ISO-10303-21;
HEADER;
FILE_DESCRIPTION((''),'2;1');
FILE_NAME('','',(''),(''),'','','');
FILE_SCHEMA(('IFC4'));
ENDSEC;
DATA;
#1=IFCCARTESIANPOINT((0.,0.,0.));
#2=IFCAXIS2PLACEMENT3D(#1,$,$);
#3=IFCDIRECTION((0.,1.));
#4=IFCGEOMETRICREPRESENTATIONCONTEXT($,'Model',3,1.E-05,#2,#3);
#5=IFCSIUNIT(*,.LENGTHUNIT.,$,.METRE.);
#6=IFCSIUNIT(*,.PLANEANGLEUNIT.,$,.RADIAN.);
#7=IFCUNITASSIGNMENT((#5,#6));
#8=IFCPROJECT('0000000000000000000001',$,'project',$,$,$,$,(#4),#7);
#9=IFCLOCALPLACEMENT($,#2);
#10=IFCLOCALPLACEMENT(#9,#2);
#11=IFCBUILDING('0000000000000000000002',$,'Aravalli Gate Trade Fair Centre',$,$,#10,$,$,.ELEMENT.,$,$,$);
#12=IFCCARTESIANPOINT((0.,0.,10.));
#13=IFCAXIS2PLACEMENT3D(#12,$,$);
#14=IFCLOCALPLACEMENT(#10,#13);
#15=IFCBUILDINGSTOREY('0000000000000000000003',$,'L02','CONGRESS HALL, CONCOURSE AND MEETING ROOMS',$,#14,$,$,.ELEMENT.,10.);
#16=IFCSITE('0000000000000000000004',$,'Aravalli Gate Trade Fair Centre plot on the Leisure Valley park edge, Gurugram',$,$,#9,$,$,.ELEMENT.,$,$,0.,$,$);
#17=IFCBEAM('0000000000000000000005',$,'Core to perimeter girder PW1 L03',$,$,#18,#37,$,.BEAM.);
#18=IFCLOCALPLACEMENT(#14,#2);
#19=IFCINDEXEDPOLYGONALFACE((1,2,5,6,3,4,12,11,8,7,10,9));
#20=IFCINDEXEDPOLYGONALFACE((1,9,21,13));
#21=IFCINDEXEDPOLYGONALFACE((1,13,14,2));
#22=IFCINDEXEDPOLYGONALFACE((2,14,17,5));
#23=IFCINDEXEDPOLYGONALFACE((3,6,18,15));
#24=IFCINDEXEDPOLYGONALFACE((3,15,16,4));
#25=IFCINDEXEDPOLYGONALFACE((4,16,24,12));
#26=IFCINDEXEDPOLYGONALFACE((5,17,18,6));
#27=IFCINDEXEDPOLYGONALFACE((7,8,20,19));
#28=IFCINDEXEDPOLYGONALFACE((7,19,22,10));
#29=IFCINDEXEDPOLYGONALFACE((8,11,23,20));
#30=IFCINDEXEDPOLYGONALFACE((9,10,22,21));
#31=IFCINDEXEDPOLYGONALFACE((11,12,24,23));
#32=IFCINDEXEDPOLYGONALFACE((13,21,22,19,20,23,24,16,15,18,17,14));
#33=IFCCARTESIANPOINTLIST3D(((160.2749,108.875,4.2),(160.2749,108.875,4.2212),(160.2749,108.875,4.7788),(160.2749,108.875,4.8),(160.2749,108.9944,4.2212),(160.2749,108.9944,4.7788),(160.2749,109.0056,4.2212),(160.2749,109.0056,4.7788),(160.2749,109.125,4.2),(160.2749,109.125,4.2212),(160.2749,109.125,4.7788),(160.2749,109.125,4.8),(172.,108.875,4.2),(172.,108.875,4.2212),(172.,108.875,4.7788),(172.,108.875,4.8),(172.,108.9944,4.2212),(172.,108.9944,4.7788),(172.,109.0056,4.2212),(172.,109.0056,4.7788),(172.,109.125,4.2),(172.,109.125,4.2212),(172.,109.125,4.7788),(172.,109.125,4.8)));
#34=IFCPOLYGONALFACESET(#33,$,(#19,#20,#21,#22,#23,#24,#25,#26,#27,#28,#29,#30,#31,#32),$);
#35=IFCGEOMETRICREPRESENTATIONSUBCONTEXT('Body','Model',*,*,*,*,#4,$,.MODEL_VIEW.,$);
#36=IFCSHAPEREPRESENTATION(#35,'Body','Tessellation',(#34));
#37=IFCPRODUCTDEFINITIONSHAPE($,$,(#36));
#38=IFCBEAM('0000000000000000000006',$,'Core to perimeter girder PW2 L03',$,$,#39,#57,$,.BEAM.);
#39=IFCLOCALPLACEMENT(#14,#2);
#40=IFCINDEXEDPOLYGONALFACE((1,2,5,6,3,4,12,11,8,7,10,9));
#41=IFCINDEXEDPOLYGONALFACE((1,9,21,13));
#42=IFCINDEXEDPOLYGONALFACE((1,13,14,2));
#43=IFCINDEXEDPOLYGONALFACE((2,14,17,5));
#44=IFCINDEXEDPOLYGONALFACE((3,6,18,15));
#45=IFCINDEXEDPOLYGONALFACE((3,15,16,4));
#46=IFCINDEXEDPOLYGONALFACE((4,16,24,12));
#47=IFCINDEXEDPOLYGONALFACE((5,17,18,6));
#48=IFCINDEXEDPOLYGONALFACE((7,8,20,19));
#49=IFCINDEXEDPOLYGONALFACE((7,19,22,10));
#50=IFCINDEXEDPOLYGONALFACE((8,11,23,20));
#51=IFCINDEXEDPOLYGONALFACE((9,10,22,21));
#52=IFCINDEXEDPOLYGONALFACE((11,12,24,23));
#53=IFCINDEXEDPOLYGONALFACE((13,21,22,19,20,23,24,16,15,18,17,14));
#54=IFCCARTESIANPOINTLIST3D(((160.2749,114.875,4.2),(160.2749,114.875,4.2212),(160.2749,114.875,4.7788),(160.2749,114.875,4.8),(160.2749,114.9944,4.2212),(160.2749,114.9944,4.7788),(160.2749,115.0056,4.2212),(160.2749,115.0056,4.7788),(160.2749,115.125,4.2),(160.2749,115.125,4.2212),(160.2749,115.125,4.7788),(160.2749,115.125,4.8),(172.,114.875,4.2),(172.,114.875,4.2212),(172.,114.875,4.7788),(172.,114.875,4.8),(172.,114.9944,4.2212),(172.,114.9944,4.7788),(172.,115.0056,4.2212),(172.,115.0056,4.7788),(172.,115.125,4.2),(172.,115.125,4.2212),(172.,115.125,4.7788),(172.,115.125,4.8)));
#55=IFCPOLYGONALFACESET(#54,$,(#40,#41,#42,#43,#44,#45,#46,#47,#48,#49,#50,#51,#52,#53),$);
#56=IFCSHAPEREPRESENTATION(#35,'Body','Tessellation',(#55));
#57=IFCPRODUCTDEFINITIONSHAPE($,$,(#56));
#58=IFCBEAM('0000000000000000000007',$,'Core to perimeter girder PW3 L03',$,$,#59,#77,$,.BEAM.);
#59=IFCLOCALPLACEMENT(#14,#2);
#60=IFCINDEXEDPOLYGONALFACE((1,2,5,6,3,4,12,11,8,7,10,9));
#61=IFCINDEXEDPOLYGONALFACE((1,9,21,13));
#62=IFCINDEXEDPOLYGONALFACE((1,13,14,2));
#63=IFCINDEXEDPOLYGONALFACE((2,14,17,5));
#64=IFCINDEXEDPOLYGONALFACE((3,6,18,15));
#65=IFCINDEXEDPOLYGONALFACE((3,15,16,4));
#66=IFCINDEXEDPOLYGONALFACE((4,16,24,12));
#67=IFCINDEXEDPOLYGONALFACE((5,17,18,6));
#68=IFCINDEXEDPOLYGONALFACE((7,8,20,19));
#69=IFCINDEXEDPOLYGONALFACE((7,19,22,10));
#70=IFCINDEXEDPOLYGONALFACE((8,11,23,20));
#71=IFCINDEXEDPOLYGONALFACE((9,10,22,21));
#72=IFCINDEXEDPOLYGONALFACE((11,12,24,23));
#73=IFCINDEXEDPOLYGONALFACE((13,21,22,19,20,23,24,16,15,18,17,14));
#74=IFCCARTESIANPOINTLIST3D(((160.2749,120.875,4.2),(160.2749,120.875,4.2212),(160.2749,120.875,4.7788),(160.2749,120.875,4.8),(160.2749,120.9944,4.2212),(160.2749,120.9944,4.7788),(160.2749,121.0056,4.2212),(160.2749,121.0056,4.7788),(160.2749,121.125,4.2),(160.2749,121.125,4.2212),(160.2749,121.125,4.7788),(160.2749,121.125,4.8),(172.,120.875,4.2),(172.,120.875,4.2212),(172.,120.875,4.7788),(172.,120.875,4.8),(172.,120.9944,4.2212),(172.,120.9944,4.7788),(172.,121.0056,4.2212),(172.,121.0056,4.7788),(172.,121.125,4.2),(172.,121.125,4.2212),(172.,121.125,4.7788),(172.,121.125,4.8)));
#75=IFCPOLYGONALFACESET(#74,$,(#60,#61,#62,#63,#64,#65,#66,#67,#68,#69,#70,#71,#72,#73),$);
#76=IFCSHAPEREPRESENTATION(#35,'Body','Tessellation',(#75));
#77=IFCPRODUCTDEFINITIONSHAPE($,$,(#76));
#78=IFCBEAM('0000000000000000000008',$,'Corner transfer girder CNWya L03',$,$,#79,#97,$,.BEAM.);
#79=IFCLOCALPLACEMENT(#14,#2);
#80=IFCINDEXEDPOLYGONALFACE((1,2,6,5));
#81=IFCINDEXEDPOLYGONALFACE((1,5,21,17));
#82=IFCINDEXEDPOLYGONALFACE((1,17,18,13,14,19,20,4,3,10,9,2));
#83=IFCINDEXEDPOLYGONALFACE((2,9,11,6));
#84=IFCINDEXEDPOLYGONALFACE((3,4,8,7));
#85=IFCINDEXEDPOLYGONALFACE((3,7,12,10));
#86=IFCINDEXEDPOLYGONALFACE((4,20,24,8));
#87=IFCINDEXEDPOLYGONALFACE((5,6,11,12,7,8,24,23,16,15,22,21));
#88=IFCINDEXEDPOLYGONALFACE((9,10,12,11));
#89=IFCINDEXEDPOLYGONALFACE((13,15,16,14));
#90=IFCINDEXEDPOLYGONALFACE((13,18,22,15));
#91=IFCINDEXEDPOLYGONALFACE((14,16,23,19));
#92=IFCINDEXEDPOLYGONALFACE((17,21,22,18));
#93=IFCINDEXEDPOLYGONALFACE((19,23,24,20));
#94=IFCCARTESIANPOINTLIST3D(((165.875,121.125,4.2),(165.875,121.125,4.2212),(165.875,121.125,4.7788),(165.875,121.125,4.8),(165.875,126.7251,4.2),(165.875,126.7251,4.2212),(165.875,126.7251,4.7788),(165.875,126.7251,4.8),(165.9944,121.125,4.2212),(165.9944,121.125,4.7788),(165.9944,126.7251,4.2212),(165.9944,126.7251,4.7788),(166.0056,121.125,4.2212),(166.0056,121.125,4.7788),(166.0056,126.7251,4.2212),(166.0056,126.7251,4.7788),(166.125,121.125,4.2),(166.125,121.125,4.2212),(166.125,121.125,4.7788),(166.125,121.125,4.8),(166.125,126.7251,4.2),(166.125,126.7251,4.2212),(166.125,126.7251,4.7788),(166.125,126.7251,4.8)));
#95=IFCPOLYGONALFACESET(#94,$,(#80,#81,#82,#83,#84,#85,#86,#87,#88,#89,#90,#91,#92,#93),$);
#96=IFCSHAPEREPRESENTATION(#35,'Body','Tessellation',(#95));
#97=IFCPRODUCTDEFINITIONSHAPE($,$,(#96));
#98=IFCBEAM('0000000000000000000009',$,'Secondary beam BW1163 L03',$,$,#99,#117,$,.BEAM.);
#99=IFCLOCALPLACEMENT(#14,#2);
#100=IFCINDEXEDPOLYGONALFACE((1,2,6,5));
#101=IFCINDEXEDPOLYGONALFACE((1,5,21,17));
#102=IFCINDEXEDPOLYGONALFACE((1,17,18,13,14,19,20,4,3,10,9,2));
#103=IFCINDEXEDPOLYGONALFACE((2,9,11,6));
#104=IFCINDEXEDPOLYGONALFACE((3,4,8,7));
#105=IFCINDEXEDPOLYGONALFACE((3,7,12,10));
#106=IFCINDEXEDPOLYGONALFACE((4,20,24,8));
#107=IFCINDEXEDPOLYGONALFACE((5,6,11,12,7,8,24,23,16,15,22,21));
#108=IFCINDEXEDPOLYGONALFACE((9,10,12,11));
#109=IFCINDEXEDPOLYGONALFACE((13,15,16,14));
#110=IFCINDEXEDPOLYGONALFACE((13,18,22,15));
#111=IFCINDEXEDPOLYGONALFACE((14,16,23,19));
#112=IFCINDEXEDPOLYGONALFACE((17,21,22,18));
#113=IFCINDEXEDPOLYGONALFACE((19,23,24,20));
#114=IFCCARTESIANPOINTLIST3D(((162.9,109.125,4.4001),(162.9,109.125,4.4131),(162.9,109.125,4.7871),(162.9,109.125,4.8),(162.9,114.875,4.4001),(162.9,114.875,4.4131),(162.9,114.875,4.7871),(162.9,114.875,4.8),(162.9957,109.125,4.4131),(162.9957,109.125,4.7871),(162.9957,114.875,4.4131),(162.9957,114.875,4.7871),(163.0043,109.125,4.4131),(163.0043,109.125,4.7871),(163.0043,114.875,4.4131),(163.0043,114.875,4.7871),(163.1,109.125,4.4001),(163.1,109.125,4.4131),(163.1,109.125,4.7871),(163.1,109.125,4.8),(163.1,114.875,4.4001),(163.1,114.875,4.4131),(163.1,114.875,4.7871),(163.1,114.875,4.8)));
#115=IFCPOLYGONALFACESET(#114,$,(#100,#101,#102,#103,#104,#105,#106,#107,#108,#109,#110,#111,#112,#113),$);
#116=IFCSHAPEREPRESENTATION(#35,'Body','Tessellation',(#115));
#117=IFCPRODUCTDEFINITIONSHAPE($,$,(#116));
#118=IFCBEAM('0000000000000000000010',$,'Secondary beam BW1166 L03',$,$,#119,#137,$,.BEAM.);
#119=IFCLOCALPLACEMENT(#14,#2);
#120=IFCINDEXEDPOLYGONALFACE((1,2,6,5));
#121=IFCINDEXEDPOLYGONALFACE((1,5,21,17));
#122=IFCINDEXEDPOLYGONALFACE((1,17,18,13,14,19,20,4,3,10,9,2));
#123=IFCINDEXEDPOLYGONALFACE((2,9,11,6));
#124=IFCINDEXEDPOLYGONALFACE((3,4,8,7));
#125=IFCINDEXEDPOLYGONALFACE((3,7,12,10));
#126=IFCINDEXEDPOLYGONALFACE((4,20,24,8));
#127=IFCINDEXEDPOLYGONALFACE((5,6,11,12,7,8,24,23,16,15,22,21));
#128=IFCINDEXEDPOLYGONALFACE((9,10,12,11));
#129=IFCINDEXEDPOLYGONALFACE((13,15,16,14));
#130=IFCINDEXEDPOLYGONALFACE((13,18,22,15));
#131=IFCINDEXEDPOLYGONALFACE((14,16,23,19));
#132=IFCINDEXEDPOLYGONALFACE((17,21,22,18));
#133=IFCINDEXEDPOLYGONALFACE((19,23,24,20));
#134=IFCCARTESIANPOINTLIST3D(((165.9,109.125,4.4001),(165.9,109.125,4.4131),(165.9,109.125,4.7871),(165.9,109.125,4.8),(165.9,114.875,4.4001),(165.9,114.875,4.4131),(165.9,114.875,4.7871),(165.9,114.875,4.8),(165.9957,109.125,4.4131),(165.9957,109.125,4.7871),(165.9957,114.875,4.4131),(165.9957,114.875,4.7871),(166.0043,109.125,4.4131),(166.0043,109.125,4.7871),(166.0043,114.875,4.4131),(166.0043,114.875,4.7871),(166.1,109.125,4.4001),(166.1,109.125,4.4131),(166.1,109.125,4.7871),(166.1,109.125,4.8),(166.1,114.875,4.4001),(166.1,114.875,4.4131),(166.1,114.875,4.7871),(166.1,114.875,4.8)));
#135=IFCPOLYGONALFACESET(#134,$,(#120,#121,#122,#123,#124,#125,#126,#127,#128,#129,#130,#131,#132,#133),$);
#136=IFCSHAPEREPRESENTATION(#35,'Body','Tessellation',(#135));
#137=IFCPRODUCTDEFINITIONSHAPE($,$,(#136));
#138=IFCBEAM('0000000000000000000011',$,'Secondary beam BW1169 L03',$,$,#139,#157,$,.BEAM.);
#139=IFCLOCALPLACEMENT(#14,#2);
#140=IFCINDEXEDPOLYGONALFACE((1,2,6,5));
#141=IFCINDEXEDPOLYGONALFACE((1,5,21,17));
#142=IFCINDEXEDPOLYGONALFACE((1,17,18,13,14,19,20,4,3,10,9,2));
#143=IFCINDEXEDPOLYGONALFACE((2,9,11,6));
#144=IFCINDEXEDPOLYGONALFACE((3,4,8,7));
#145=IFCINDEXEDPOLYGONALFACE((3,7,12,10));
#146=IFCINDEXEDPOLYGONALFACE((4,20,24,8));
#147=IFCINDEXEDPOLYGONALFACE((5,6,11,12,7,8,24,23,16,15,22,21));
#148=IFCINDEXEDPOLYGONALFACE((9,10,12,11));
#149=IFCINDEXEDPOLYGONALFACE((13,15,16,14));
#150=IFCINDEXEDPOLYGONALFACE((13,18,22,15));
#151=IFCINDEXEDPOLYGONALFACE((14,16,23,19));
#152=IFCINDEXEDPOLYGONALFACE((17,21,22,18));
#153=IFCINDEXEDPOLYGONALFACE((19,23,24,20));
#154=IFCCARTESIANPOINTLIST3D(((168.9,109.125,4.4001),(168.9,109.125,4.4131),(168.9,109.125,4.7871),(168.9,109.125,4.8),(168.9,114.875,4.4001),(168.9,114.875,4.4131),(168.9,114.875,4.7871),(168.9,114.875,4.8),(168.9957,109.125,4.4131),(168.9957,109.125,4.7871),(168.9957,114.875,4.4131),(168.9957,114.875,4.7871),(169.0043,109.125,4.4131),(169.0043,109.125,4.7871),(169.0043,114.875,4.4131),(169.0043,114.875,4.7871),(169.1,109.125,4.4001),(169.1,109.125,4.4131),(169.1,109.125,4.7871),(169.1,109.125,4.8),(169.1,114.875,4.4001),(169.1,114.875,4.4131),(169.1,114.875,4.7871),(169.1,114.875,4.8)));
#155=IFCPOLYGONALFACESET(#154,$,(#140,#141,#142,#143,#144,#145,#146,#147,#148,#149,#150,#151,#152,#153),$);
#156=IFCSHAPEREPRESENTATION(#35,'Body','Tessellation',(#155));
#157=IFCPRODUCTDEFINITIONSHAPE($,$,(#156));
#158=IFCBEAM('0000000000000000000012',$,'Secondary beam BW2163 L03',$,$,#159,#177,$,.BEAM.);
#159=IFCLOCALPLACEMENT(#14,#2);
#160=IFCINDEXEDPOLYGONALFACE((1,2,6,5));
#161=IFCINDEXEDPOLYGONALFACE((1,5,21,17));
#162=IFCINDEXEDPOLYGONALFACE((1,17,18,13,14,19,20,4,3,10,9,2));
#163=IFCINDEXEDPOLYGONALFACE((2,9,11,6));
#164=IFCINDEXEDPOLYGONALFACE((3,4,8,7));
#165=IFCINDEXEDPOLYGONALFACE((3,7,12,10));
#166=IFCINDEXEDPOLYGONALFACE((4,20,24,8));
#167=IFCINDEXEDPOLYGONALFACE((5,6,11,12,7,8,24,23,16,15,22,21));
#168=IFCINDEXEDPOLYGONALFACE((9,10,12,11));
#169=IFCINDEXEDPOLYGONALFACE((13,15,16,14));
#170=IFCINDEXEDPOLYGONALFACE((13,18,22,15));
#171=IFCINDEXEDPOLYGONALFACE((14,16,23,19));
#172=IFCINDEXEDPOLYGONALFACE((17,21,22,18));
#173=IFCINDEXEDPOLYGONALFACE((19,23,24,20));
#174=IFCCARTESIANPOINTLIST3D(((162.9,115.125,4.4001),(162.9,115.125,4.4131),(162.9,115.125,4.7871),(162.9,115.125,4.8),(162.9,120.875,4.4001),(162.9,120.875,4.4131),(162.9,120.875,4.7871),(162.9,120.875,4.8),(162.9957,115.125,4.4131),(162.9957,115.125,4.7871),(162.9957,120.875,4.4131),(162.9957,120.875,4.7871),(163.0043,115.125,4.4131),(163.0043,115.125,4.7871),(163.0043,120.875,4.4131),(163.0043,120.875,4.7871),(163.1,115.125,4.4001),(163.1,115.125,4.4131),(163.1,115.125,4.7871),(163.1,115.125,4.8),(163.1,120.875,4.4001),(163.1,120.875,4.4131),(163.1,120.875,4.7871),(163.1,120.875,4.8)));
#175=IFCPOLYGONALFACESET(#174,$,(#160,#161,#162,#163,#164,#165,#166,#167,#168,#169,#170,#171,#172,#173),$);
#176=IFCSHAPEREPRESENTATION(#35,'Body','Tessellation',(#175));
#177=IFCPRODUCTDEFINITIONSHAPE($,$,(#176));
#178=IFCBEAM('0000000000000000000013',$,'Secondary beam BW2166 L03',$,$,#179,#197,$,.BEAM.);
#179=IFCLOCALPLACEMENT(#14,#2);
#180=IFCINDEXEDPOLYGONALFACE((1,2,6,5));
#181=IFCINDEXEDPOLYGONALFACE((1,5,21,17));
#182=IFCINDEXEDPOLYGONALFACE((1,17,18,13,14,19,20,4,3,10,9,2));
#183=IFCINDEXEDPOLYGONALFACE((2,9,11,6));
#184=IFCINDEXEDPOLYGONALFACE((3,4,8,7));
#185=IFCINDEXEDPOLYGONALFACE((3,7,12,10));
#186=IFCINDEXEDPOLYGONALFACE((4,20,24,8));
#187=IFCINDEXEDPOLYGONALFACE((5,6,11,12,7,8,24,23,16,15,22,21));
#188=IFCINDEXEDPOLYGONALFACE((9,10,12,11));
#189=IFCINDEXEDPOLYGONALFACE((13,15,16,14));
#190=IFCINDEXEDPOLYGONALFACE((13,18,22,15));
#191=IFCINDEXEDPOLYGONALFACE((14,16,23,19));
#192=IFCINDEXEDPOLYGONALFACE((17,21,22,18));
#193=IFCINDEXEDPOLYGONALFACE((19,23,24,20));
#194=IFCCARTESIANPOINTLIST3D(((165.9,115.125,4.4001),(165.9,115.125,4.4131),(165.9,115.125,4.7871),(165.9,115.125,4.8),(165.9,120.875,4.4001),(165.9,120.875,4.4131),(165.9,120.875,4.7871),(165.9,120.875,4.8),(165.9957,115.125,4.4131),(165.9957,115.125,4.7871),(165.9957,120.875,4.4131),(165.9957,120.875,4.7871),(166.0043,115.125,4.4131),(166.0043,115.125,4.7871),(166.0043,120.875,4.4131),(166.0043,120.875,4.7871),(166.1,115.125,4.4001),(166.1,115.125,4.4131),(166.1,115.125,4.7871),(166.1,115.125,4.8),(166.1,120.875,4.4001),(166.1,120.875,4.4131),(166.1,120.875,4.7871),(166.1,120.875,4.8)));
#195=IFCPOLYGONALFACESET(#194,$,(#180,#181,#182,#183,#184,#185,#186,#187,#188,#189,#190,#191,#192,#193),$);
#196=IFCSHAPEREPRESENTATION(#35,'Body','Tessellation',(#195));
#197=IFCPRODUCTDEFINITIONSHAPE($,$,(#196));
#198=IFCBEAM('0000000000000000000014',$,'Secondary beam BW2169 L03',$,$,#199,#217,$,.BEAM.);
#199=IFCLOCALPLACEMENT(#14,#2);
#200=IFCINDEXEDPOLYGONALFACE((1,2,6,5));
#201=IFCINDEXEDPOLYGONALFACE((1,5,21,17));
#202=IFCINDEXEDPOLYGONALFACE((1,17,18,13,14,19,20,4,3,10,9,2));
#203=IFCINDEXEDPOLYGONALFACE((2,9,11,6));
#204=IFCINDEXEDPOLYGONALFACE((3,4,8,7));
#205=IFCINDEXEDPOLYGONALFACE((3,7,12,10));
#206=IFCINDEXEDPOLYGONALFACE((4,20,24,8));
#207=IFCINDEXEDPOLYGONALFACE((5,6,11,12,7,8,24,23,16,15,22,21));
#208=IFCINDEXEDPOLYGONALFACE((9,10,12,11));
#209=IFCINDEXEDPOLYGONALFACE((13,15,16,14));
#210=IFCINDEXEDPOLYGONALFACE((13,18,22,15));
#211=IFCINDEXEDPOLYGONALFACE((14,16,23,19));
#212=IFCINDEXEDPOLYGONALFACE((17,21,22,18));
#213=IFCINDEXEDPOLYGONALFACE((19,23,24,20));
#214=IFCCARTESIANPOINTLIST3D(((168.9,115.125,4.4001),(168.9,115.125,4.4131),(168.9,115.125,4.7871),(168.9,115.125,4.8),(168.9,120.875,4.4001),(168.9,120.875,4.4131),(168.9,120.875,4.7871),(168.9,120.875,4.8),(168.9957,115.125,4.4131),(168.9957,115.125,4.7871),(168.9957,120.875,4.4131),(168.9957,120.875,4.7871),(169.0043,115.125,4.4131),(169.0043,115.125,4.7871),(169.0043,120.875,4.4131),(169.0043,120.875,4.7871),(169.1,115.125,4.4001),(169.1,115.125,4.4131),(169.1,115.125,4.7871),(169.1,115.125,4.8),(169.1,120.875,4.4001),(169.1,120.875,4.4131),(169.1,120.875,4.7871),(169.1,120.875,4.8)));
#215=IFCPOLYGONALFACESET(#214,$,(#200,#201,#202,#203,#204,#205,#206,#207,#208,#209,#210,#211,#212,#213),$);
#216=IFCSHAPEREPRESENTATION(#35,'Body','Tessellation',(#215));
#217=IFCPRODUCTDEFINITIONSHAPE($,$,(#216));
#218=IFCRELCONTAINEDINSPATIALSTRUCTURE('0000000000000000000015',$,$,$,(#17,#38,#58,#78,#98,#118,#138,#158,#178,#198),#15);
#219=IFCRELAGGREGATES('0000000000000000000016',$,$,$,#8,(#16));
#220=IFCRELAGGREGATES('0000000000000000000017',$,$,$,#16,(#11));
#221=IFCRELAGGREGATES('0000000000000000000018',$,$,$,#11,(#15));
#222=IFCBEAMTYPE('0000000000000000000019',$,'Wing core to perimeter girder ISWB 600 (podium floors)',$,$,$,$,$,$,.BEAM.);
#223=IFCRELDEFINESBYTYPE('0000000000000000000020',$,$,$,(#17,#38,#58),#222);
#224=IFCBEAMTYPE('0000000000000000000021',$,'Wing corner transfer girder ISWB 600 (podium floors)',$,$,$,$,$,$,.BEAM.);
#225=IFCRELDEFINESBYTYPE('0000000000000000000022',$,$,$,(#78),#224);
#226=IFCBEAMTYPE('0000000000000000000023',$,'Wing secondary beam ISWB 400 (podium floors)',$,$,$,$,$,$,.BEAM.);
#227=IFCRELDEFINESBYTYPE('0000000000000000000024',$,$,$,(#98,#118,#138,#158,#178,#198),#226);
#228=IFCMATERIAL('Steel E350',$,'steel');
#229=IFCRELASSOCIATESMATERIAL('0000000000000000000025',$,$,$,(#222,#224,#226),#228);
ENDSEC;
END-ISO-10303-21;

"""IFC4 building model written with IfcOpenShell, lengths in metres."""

from ifc_helpers import new_model, si_unit, direction, frame, origin, origin_2d, place, context, subcontext, project, spatial, i_section, extrude, material, material_profile, profile_set, type_object, element, save


model = new_model("IFC4")

# Units and contexts
model_context = context("Model", 3, precision=1e-05, world=origin(), true_north=direction((0.0, 1.0)))
body_context = subcontext(model_context, "Body", "Model", "MODEL_VIEW")
ifc_project = project(units=[si_unit("LENGTHUNIT", "METRE"), si_unit("PLANEANGLEUNIT", "RADIAN")], contexts=[model_context])

# Site, building, storey
site_placement = place(None, origin())
site = spatial("IfcSite", under=ifc_project, at=site_placement, Name="Aravalli Gate Trade Fair Centre plot on the Leisure Valley park edge, Gurugram", CompositionType="ELEMENT", RefElevation=0.0)
building_placement = place(site_placement, origin())
building = spatial("IfcBuilding", under=site, at=building_placement, Name="Aravalli Gate Trade Fair Centre", CompositionType="ELEMENT")
storey_placement = place(building_placement, frame((0.0, 0.0, 10.0)))
storey = spatial("IfcBuildingStorey", under=building, at=storey_placement, Name="L02", Description="CONGRESS HALL, CONCOURSE AND MEETING ROOMS", CompositionType="ELEMENT", Elevation=10.0)

# Beams
ifc_material_1 = material(Name="Steel E350", Category="steel")
ifc_material_profile_1 = material_profile(ifc_material_1, i_section(OverallWidth=0.25, OverallDepth=0.6001, WebThickness=0.0112, FlangeThickness=0.0212, at=origin_2d()), Name="ISWB 600")
ifc_profile_set_1 = profile_set([ifc_material_profile_1], Name="Steel E350")
beam_type_1 = type_object("IfcBeamType", Name="Wing core to perimeter girder ISWB 600 (podium floors)", PredefinedType="BEAM", material=ifc_profile_set_1)
for number, where, z_axis, x_axis, name in (
    (1, (160.2749, 109.0, 4.5), (1.0, 0.0, 0.0), (0.0, 1.0, 0.0), "Core to perimeter girder PW1 L03"),
    (2, (160.2749, 115.0, 4.5), (1.0, 0.0, 0.0), (0.0, 1.0, 0.0), "Core to perimeter girder PW2 L03"),
    (3, (160.2749, 121.0, 4.5), (1.0, 0.0, 0.0), (0.0, 1.0, 0.0), "Core to perimeter girder PW3 L03"),
):
    element("IfcBeam", number, at=place(storey_placement, frame(where, z_axis=z_axis, x_axis=x_axis)), inside=storey, type_object=beam_type_1, Name=name, PredefinedType="BEAM", context=body_context, shape_type="SweptSolid", body=[
        extrude(i_section(OverallWidth=0.25, OverallDepth=0.6001, WebThickness=0.0112, FlangeThickness=0.0212, at=origin_2d()), origin(), (0.0, 0.0, 1.0), 11.7251),
    ])
ifc_material_profile_2 = material_profile(ifc_material_1, i_section(OverallWidth=0.25, OverallDepth=0.6001, WebThickness=0.0112, FlangeThickness=0.0212, at=origin_2d()), Name="ISWB 600")
ifc_profile_set_2 = profile_set([ifc_material_profile_2], Name="Steel E350")
beam_type_2 = type_object("IfcBeamType", Name="Wing corner transfer girder ISWB 600 (podium floors)", PredefinedType="BEAM", material=ifc_profile_set_2)
beam_placement = place(storey_placement, frame((166.0, 121.125, 4.5), z_axis=(0.0, 1.0, 0.0), x_axis=(-1.0, 0.0, 0.0)))
element("IfcBeam", 4, at=beam_placement, inside=storey, type_object=beam_type_2, Name="Corner transfer girder CNWya L03", PredefinedType="BEAM", context=body_context, shape_type="SweptSolid", body=[
    extrude(i_section(OverallWidth=0.25, OverallDepth=0.6001, WebThickness=0.0112, FlangeThickness=0.0212, at=origin_2d()), origin(), (0.0, 0.0, 1.0), 5.6001),
])
ifc_material_profile_3 = material_profile(ifc_material_1, i_section(OverallWidth=0.2, OverallDepth=0.3999, WebThickness=0.0085, FlangeThickness=0.0129, at=origin_2d()), Name="ISWB 400")
ifc_profile_set_3 = profile_set([ifc_material_profile_3], Name="Steel E350")
beam_type_3 = type_object("IfcBeamType", Name="Wing secondary beam ISWB 400 (podium floors)", PredefinedType="BEAM", material=ifc_profile_set_3)
for number, where, z_axis, x_axis, name in (
    (5, (163.0, 109.125, 4.6001), (0.0, 1.0, 0.0), (-1.0, 0.0, 0.0), "Secondary beam BW1163 L03"),
    (6, (166.0, 109.125, 4.6001), (0.0, 1.0, 0.0), (-1.0, 0.0, 0.0), "Secondary beam BW1166 L03"),
    (7, (169.0, 109.125, 4.6001), (0.0, 1.0, 0.0), (-1.0, 0.0, 0.0), "Secondary beam BW1169 L03"),
    (8, (163.0, 115.125, 4.6001), (0.0, 1.0, 0.0), (-1.0, 0.0, 0.0), "Secondary beam BW2163 L03"),
    (9, (166.0, 115.125, 4.6001), (0.0, 1.0, 0.0), (-1.0, 0.0, 0.0), "Secondary beam BW2166 L03"),
    (10, (169.0, 115.125, 4.6001), (0.0, 1.0, 0.0), (-1.0, 0.0, 0.0), "Secondary beam BW2169 L03"),
):
    element("IfcBeam", number, at=place(storey_placement, frame(where, z_axis=z_axis, x_axis=x_axis)), inside=storey, type_object=beam_type_3, Name=name, PredefinedType="BEAM", context=body_context, shape_type="SweptSolid", body=[
        extrude(i_section(OverallWidth=0.2, OverallDepth=0.3999, WebThickness=0.0085, FlangeThickness=0.0129, at=origin_2d()), origin(), (0.0, 0.0, 1.0), 5.75),
    ])

save(model, "model.ifc")
